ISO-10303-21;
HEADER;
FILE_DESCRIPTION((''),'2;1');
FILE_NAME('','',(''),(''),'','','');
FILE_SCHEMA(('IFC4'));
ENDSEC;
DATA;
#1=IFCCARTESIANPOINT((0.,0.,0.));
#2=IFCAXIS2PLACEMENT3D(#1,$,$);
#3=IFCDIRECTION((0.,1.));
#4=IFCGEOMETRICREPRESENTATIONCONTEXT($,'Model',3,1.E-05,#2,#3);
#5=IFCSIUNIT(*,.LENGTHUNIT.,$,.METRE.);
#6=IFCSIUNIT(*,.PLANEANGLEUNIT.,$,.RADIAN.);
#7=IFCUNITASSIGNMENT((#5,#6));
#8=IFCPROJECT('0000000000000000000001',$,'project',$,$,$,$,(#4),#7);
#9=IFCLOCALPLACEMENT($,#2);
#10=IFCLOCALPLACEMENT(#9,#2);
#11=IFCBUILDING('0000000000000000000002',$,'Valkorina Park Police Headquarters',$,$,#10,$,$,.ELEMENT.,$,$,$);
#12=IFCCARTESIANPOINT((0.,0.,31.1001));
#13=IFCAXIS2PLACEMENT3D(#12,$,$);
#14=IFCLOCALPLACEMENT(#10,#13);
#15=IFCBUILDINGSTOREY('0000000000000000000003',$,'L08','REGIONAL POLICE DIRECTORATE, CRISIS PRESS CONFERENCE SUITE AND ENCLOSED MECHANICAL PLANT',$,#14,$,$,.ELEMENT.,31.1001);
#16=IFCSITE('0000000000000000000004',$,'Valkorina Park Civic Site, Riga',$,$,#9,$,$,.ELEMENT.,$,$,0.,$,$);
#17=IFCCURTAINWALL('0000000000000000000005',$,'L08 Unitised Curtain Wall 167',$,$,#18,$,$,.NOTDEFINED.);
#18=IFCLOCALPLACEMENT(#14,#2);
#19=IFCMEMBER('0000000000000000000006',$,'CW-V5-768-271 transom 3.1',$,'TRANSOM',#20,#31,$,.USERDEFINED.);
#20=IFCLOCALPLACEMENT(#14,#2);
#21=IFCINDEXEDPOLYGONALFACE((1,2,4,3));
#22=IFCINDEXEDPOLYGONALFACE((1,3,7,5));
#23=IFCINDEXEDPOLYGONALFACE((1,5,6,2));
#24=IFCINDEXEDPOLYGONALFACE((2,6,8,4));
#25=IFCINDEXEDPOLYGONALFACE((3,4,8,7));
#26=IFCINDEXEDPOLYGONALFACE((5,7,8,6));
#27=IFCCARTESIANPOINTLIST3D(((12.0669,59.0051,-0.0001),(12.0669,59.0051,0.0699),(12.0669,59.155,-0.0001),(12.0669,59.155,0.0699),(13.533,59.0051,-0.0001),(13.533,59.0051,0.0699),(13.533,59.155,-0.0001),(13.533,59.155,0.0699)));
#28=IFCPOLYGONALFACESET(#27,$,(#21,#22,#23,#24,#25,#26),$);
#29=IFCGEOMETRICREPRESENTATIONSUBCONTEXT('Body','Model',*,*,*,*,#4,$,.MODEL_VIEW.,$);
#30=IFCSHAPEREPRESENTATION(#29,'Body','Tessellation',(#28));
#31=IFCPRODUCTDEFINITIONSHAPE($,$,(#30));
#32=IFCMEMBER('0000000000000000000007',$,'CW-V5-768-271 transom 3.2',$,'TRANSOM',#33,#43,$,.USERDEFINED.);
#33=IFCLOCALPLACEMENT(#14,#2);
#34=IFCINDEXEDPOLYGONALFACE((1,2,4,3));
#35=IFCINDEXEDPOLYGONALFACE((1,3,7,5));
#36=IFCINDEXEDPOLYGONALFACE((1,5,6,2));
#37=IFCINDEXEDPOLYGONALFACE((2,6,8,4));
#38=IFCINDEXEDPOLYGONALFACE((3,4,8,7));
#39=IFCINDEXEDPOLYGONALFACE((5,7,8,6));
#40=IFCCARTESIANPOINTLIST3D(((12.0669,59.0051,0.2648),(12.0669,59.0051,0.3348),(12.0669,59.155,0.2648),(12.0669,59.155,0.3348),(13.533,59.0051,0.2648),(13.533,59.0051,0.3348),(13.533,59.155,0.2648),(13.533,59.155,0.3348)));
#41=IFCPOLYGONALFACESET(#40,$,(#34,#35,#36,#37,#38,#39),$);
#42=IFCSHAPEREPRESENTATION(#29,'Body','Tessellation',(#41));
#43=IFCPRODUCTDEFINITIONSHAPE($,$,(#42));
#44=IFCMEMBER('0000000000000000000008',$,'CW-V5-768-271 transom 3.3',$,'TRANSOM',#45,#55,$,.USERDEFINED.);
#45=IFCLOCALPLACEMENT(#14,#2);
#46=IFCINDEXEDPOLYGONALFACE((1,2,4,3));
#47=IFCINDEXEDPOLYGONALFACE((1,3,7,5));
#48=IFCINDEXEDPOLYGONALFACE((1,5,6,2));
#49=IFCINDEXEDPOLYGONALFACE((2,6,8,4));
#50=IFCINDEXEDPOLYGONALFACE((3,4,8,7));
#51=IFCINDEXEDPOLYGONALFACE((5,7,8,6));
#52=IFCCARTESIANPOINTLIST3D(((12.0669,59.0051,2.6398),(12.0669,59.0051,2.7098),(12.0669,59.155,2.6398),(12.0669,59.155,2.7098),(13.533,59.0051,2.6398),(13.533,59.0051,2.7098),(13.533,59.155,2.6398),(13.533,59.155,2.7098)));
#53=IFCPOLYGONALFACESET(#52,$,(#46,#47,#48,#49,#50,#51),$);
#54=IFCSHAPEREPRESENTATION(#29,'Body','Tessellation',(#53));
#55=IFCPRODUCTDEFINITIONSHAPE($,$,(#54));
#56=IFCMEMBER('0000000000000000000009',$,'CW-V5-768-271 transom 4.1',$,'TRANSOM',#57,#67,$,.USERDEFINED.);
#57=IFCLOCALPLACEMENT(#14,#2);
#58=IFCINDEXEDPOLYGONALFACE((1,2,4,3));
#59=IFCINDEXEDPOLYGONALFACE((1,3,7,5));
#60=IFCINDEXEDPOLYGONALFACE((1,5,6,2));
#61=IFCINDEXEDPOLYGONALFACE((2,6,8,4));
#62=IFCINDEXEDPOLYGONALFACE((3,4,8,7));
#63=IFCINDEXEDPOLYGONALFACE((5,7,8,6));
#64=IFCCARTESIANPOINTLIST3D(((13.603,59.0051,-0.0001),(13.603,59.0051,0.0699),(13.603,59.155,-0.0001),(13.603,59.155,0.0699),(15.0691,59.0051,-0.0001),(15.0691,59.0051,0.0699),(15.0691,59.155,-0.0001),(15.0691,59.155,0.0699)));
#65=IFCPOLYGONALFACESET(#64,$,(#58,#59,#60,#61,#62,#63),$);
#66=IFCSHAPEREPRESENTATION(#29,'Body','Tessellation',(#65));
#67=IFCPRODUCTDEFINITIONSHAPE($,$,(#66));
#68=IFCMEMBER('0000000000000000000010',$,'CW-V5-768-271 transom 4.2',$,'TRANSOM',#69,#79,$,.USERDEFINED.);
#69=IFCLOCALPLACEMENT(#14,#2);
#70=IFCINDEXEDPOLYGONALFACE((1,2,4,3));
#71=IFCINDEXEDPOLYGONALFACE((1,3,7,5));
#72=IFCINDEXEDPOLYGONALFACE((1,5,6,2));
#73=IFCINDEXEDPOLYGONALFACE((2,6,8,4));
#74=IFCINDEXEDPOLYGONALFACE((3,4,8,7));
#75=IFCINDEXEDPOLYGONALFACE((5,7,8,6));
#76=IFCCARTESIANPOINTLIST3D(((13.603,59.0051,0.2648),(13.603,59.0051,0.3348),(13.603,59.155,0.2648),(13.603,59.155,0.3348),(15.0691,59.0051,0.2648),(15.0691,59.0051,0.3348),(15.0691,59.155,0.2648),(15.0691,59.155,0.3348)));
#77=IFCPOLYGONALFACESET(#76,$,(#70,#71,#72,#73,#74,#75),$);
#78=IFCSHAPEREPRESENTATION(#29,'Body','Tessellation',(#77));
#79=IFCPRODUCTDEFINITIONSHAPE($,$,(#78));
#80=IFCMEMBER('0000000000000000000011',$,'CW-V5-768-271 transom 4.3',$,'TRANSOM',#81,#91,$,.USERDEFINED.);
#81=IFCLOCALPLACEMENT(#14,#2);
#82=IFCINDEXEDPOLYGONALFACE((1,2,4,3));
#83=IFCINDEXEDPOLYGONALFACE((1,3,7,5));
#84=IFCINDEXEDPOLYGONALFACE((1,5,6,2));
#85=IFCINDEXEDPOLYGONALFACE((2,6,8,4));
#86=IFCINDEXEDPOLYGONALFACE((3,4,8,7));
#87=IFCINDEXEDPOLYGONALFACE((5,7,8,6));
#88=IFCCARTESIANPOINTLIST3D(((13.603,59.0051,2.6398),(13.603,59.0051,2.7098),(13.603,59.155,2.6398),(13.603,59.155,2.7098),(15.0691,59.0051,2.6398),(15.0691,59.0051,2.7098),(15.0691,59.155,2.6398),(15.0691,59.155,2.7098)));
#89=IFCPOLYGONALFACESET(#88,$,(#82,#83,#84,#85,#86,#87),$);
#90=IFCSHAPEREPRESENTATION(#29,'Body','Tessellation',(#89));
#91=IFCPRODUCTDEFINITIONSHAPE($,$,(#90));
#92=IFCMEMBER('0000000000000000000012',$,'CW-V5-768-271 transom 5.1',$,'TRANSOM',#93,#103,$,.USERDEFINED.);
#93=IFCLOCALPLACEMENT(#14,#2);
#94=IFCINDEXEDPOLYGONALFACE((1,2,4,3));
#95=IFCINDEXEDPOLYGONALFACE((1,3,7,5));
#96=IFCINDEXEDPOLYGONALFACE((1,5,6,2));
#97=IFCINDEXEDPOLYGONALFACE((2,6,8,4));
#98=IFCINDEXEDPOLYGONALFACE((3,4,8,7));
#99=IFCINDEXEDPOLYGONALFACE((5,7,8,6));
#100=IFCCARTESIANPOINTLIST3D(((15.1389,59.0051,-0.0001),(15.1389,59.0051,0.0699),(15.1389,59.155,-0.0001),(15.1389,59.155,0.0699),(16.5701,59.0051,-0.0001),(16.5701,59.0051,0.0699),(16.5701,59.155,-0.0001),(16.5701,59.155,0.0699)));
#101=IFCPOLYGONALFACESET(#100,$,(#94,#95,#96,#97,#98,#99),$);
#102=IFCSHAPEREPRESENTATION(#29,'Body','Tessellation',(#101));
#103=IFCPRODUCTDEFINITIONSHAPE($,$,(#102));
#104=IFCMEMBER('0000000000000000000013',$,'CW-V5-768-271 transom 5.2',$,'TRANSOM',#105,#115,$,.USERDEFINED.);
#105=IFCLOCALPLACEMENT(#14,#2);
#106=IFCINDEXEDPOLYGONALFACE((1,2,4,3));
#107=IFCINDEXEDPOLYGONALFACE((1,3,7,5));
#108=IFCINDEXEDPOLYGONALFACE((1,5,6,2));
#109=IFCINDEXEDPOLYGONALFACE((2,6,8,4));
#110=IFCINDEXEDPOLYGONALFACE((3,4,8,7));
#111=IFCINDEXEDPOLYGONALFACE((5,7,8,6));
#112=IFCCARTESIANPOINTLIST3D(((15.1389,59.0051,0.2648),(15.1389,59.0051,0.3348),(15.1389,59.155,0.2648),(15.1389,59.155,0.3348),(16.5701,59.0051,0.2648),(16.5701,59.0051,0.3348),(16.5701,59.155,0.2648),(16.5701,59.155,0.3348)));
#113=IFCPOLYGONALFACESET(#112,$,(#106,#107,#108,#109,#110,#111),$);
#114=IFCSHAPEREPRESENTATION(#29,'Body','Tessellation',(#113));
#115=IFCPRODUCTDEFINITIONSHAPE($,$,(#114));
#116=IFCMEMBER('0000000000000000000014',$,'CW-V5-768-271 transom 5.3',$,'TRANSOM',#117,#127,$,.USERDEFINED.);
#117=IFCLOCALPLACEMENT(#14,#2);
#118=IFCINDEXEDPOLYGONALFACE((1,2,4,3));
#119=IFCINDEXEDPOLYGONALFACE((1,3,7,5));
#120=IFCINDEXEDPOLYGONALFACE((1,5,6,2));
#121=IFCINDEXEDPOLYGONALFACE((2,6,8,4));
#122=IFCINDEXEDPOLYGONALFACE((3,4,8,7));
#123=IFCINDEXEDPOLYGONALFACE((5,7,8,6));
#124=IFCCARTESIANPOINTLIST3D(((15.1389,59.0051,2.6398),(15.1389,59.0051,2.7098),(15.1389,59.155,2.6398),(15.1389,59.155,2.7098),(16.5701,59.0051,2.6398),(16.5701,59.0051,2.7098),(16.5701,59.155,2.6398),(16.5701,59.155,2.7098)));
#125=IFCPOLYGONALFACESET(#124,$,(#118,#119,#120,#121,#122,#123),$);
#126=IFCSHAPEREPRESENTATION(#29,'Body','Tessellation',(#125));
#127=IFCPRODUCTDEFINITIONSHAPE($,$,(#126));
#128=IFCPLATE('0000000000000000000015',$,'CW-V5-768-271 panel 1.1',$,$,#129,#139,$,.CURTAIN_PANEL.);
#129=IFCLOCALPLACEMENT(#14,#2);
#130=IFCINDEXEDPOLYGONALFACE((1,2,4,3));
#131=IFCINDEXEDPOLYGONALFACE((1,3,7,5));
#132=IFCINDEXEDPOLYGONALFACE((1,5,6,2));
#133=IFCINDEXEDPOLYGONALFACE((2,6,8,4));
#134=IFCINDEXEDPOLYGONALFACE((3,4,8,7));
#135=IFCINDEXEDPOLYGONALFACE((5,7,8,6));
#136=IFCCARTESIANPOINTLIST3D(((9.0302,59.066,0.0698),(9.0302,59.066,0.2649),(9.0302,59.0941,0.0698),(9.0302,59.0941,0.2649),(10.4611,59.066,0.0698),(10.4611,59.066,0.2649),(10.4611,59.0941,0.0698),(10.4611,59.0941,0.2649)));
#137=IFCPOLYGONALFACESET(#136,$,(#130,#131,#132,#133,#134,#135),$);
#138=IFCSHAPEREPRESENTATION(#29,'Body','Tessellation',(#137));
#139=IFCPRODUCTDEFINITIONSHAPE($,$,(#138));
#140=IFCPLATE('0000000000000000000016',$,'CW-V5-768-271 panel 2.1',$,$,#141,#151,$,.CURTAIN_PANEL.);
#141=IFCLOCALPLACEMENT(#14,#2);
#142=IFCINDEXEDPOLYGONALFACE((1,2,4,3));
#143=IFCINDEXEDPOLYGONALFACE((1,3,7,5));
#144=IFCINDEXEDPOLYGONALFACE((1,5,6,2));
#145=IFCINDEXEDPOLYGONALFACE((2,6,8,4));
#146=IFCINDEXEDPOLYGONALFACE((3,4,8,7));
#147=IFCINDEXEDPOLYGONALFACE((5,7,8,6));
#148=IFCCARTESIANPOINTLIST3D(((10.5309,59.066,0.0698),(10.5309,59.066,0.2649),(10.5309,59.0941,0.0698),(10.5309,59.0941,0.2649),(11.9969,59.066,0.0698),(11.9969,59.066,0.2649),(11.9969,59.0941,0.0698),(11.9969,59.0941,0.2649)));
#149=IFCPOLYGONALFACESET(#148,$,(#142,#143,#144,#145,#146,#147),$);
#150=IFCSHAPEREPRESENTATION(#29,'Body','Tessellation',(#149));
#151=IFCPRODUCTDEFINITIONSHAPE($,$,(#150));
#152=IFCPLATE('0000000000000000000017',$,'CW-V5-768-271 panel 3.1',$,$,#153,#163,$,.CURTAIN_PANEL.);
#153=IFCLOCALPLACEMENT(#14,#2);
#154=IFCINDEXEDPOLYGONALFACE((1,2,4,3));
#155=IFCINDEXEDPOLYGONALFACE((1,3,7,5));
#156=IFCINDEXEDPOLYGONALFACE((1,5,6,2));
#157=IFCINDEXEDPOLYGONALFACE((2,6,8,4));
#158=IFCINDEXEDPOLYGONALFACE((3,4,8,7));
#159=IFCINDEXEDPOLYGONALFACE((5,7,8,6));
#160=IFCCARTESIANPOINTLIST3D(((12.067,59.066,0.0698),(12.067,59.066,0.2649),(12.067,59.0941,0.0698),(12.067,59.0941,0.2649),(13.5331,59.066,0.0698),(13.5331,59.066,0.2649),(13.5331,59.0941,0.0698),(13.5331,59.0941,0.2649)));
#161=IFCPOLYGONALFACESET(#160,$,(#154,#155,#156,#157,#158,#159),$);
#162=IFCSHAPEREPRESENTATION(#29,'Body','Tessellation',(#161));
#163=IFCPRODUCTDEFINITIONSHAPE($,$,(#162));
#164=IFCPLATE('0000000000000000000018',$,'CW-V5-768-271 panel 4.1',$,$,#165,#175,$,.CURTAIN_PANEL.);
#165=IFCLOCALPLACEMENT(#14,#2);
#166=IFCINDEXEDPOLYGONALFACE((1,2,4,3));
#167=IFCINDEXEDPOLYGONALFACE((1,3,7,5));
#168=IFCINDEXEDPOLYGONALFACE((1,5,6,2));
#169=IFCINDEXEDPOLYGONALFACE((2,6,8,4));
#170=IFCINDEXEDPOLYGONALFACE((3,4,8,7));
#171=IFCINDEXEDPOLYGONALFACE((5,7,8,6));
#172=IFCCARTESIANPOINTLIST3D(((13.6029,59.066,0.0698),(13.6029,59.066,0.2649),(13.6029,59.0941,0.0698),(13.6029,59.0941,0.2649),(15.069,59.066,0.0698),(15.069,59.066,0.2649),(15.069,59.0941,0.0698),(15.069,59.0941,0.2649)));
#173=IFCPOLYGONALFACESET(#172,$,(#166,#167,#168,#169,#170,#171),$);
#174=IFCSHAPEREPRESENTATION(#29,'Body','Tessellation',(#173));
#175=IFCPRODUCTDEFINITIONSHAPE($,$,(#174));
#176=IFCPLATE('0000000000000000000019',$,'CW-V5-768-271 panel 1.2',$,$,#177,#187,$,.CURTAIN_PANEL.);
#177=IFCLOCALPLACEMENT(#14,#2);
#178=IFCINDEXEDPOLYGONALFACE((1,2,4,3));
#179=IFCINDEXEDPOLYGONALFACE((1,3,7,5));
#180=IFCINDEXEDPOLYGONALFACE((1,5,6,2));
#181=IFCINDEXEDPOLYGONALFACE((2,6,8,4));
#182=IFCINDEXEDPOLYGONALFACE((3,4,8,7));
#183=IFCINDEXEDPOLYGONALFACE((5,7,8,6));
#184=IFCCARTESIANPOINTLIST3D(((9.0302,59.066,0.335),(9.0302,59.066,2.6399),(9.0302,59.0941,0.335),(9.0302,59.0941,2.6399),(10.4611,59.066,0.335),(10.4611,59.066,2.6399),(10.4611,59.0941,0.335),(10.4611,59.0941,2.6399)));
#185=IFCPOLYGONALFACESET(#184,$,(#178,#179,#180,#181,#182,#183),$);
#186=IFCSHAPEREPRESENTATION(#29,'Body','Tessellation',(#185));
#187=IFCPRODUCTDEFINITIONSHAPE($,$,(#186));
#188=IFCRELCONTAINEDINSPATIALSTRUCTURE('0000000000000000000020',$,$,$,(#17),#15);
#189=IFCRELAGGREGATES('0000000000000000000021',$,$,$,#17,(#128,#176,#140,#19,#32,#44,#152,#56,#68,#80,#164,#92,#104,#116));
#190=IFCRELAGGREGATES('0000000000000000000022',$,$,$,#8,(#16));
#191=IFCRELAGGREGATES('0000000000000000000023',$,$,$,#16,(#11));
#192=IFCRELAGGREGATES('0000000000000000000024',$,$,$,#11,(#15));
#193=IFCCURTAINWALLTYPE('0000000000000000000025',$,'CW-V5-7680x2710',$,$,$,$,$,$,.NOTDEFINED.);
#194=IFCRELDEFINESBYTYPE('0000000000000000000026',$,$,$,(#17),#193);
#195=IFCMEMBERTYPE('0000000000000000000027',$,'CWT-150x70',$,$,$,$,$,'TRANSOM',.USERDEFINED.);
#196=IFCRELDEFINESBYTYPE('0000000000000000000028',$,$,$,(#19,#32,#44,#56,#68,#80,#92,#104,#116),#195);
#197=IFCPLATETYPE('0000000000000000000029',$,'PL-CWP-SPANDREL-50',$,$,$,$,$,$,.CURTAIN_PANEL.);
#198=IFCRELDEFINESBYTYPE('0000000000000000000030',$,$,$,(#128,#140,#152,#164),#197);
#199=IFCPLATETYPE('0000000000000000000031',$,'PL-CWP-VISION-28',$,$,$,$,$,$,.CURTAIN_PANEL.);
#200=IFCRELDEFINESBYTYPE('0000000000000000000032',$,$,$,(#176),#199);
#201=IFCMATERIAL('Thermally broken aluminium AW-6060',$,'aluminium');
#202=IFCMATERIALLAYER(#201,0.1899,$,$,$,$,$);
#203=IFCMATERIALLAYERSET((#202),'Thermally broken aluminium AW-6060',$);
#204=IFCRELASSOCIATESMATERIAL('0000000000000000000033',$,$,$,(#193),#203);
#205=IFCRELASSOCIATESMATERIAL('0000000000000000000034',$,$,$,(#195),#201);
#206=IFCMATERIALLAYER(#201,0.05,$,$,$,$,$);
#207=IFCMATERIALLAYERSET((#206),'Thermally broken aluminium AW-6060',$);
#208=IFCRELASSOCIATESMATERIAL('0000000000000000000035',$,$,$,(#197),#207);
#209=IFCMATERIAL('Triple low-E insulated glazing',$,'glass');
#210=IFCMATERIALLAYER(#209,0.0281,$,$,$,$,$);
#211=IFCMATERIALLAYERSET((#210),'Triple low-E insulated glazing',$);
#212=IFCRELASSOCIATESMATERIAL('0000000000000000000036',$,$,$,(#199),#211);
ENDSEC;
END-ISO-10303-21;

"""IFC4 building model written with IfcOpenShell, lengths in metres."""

from ifc_helpers import new_model, si_unit, direction, frame, origin, origin_2d, place, context, subcontext, project, spatial, rectangle, extrude, material, layer, layer_set, material_profile, profile_set, type_object, element, aggregate, save


model = new_model("IFC4")

# Units and contexts
model_context = context("Model", 3, precision=1e-05, world=origin(), true_north=direction((0.0, 1.0)))
body_context = subcontext(model_context, "Body", "Model", "MODEL_VIEW")
ifc_project = project(units=[si_unit("LENGTHUNIT", "METRE"), si_unit("PLANEANGLEUNIT", "RADIAN")], contexts=[model_context])

# Site, building, storey
site_placement = place(None, origin())
site = spatial("IfcSite", under=ifc_project, at=site_placement, Name="Valkorina Park Civic Site, Riga", CompositionType="ELEMENT", RefElevation=0.0)
building_placement = place(site_placement, origin())
building = spatial("IfcBuilding", under=site, at=building_placement, Name="Valkorina Park Police Headquarters", CompositionType="ELEMENT")
storey_placement = place(building_placement, frame((0.0, 0.0, 31.1001)))
storey = spatial("IfcBuildingStorey", under=building, at=storey_placement, Name="L08", Description="REGIONAL POLICE DIRECTORATE, CRISIS PRESS CONFERENCE SUITE AND ENCLOSED MECHANICAL PLANT", CompositionType="ELEMENT", Elevation=31.1001)

# Curtain wall, members, plates
ifc_material_1 = material(Name="Thermally broken aluminium AW-6060", Category="aluminium")
ifc_layer_1 = layer(ifc_material_1, 0.1899)
ifc_layer_set_1 = layer_set([ifc_layer_1], Name="Thermally broken aluminium AW-6060")
curtain_wall_type = type_object("IfcCurtainWallType", Name="CW-V5-7680x2710", PredefinedType="NOTDEFINED", material=ifc_layer_set_1)
curtain_wall_placement = place(storey_placement, origin())
curtain_wall = element("IfcCurtainWall", 1, at=curtain_wall_placement, inside=storey, type_object=curtain_wall_type, Name="L08 Unitised Curtain Wall 167", PredefinedType="NOTDEFINED")
ifc_material_profile_1 = material_profile(ifc_material_1, rectangle(XDim=0.1499, YDim=0.0701, at=origin_2d()), Name="CWT-02 150x70")
ifc_profile_set_1 = profile_set([ifc_material_profile_1], Name="Thermally broken aluminium AW-6060")
member_type_1 = type_object("IfcMemberType", Name="CWT-150x70", ElementType="TRANSOM", PredefinedType="USERDEFINED", material=ifc_profile_set_1)
member_1_placement = place(storey_placement, frame((12.0669, 59.0801, 0.0349), z_axis=(1.0, 0.0, 0.0), x_axis=(0.0, 1.0, 0.0)))
member_1 = element("IfcMember", 2, at=member_1_placement, type_object=member_type_1, Name="CW-V5-768-271 transom 3.1", ObjectType="TRANSOM", PredefinedType="USERDEFINED", context=body_context, shape_type="SweptSolid", body=[
    extrude(rectangle(XDim=0.1499, YDim=0.0701, at=origin_2d()), origin(), (0.0, 0.0, 1.0), 1.4661),
])
member_2_placement = place(storey_placement, frame((12.0669, 59.0801, 0.2998), z_axis=(1.0, 0.0, 0.0), x_axis=(0.0, 1.0, 0.0)))
member_2 = element("IfcMember", 3, at=member_2_placement, type_object=member_type_1, Name="CW-V5-768-271 transom 3.2", ObjectType="TRANSOM", PredefinedType="USERDEFINED", context=body_context, shape_type="SweptSolid", body=[
    extrude(rectangle(XDim=0.1499, YDim=0.0701, at=origin_2d()), origin(), (0.0, 0.0, 1.0), 1.4661),
])
member_3_placement = place(storey_placement, frame((12.0669, 59.0801, 2.6748), z_axis=(1.0, 0.0, 0.0), x_axis=(0.0, 1.0, 0.0)))
member_3 = element("IfcMember", 4, at=member_3_placement, type_object=member_type_1, Name="CW-V5-768-271 transom 3.3", ObjectType="TRANSOM", PredefinedType="USERDEFINED", context=body_context, shape_type="SweptSolid", body=[
    extrude(rectangle(XDim=0.1499, YDim=0.0701, at=origin_2d()), origin(), (0.0, 0.0, 1.0), 1.4661),
])
member_4_placement = place(storey_placement, frame((13.603, 59.0801, 0.0349), z_axis=(1.0, 0.0, 0.0), x_axis=(0.0, 1.0, 0.0)))
member_4 = element("IfcMember", 5, at=member_4_placement, type_object=member_type_1, Name="CW-V5-768-271 transom 4.1", ObjectType="TRANSOM", PredefinedType="USERDEFINED", context=body_context, shape_type="SweptSolid", body=[
    extrude(rectangle(XDim=0.1499, YDim=0.0701, at=origin_2d()), origin(), (0.0, 0.0, 1.0), 1.4661),
])
member_5_placement = place(storey_placement, frame((13.603, 59.0801, 0.2998), z_axis=(1.0, 0.0, 0.0), x_axis=(0.0, 1.0, 0.0)))
member_5 = element("IfcMember", 6, at=member_5_placement, type_object=member_type_1, Name="CW-V5-768-271 transom 4.2", ObjectType="TRANSOM", PredefinedType="USERDEFINED", context=body_context, shape_type="SweptSolid", body=[
    extrude(rectangle(XDim=0.1499, YDim=0.0701, at=origin_2d()), origin(), (0.0, 0.0, 1.0), 1.4661),
])
member_6_placement = place(storey_placement, frame((13.603, 59.0801, 2.6748), z_axis=(1.0, 0.0, 0.0), x_axis=(0.0, 1.0, 0.0)))
member_6 = element("IfcMember", 7, at=member_6_placement, type_object=member_type_1, Name="CW-V5-768-271 transom 4.3", ObjectType="TRANSOM", PredefinedType="USERDEFINED", context=body_context, shape_type="SweptSolid", body=[
    extrude(rectangle(XDim=0.1499, YDim=0.0701, at=origin_2d()), origin(), (0.0, 0.0, 1.0), 1.4661),
])
member_7_placement = place(storey_placement, frame((15.1389, 59.0801, 0.0349), z_axis=(1.0, 0.0, 0.0), x_axis=(0.0, 1.0, 0.0)))
member_7 = element("IfcMember", 8, at=member_7_placement, type_object=member_type_1, Name="CW-V5-768-271 transom 5.1", ObjectType="TRANSOM", PredefinedType="USERDEFINED", context=body_context, shape_type="SweptSolid", body=[
    extrude(rectangle(XDim=0.1499, YDim=0.0701, at=origin_2d()), origin(), (0.0, 0.0, 1.0), 1.4312),
])
member_8_placement = place(storey_placement, frame((15.1389, 59.0801, 0.2998), z_axis=(1.0, 0.0, 0.0), x_axis=(0.0, 1.0, 0.0)))
member_8 = element("IfcMember", 9, at=member_8_placement, type_object=member_type_1, Name="CW-V5-768-271 transom 5.2", ObjectType="TRANSOM", PredefinedType="USERDEFINED", context=body_context, shape_type="SweptSolid", body=[
    extrude(rectangle(XDim=0.1499, YDim=0.0701, at=origin_2d()), origin(), (0.0, 0.0, 1.0), 1.4312),
])
member_9_placement = place(storey_placement, frame((15.1389, 59.0801, 2.6748), z_axis=(1.0, 0.0, 0.0), x_axis=(0.0, 1.0, 0.0)))
member_9 = element("IfcMember", 10, at=member_9_placement, type_object=member_type_1, Name="CW-V5-768-271 transom 5.3", ObjectType="TRANSOM", PredefinedType="USERDEFINED", context=body_context, shape_type="SweptSolid", body=[
    extrude(rectangle(XDim=0.1499, YDim=0.0701, at=origin_2d()), origin(), (0.0, 0.0, 1.0), 1.4312),
])
ifc_layer_2 = layer(ifc_material_1, 0.05)
ifc_layer_set_2 = layer_set([ifc_layer_2], Name="Thermally broken aluminium AW-6060")
plate_type_1 = type_object("IfcPlateType", Name="PL-CWP-SPANDREL-50", PredefinedType="CURTAIN_PANEL", material=ifc_layer_set_2)
plate_1_placement = place(storey_placement, frame((9.7456, 59.0801, 0.0698), z_axis=(0.0, 0.0, 1.0), x_axis=(1.0, 0.0, 0.0)))
plate_1 = element("IfcPlate", 11, at=plate_1_placement, type_object=plate_type_1, Name="CW-V5-768-271 panel 1.1", PredefinedType="CURTAIN_PANEL", context=body_context, shape_type="SweptSolid", body=[
    extrude(rectangle(XDim=1.4309, YDim=0.0281, at=origin_2d()), origin(), (0.0, 0.0, 1.0), 0.1951),
])
plate_2_placement = place(storey_placement, frame((11.2639, 59.0801, 0.0698), z_axis=(0.0, 0.0, 1.0), x_axis=(1.0, 0.0, 0.0)))
plate_2 = element("IfcPlate", 12, at=plate_2_placement, type_object=plate_type_1, Name="CW-V5-768-271 panel 2.1", PredefinedType="CURTAIN_PANEL", context=body_context, shape_type="SweptSolid", body=[
    extrude(rectangle(XDim=1.4661, YDim=0.0281, at=origin_2d()), origin(), (0.0, 0.0, 1.0), 0.1951),
])
plate_3_placement = place(storey_placement, frame((12.8, 59.0801, 0.0698), z_axis=(0.0, 0.0, 1.0), x_axis=(1.0, 0.0, 0.0)))
plate_3 = element("IfcPlate", 13, at=plate_3_placement, type_object=plate_type_1, Name="CW-V5-768-271 panel 3.1", PredefinedType="CURTAIN_PANEL", context=body_context, shape_type="SweptSolid", body=[
    extrude(rectangle(XDim=1.4661, YDim=0.0281, at=origin_2d()), origin(), (0.0, 0.0, 1.0), 0.1951),
])
plate_4_placement = place(storey_placement, frame((14.3359, 59.0801, 0.0698), z_axis=(0.0, 0.0, 1.0), x_axis=(1.0, 0.0, 0.0)))
plate_4 = element("IfcPlate", 14, at=plate_4_placement, type_object=plate_type_1, Name="CW-V5-768-271 panel 4.1", PredefinedType="CURTAIN_PANEL", context=body_context, shape_type="SweptSolid", body=[
    extrude(rectangle(XDim=1.4661, YDim=0.0281, at=origin_2d()), origin(), (0.0, 0.0, 1.0), 0.1951),
])
ifc_material_2 = material(Name="Triple low-E insulated glazing", Category="glass")
ifc_layer_3 = layer(ifc_material_2, 0.0281)
ifc_layer_set_3 = layer_set([ifc_layer_3], Name="Triple low-E insulated glazing")
plate_type_2 = type_object("IfcPlateType", Name="PL-CWP-VISION-28", PredefinedType="CURTAIN_PANEL", material=ifc_layer_set_3)
plate_5_placement = place(storey_placement, frame((9.7456, 59.0801, 0.335), z_axis=(0.0, 0.0, 1.0), x_axis=(1.0, 0.0, 0.0)))
plate_5 = element("IfcPlate", 15, at=plate_5_placement, type_object=plate_type_2, Name="CW-V5-768-271 panel 1.2", PredefinedType="CURTAIN_PANEL", context=body_context, shape_type="SweptSolid", body=[
    extrude(rectangle(XDim=1.4309, YDim=0.0281, at=origin_2d()), origin(), (0.0, 0.0, 1.0), 2.3049),
])
aggregate(curtain_wall, [plate_1, plate_5, plate_2, member_1, member_2, member_3, plate_3, member_4, member_5, member_6, plate_4, member_7, member_8, member_9])

save(model, "model.ifc")
